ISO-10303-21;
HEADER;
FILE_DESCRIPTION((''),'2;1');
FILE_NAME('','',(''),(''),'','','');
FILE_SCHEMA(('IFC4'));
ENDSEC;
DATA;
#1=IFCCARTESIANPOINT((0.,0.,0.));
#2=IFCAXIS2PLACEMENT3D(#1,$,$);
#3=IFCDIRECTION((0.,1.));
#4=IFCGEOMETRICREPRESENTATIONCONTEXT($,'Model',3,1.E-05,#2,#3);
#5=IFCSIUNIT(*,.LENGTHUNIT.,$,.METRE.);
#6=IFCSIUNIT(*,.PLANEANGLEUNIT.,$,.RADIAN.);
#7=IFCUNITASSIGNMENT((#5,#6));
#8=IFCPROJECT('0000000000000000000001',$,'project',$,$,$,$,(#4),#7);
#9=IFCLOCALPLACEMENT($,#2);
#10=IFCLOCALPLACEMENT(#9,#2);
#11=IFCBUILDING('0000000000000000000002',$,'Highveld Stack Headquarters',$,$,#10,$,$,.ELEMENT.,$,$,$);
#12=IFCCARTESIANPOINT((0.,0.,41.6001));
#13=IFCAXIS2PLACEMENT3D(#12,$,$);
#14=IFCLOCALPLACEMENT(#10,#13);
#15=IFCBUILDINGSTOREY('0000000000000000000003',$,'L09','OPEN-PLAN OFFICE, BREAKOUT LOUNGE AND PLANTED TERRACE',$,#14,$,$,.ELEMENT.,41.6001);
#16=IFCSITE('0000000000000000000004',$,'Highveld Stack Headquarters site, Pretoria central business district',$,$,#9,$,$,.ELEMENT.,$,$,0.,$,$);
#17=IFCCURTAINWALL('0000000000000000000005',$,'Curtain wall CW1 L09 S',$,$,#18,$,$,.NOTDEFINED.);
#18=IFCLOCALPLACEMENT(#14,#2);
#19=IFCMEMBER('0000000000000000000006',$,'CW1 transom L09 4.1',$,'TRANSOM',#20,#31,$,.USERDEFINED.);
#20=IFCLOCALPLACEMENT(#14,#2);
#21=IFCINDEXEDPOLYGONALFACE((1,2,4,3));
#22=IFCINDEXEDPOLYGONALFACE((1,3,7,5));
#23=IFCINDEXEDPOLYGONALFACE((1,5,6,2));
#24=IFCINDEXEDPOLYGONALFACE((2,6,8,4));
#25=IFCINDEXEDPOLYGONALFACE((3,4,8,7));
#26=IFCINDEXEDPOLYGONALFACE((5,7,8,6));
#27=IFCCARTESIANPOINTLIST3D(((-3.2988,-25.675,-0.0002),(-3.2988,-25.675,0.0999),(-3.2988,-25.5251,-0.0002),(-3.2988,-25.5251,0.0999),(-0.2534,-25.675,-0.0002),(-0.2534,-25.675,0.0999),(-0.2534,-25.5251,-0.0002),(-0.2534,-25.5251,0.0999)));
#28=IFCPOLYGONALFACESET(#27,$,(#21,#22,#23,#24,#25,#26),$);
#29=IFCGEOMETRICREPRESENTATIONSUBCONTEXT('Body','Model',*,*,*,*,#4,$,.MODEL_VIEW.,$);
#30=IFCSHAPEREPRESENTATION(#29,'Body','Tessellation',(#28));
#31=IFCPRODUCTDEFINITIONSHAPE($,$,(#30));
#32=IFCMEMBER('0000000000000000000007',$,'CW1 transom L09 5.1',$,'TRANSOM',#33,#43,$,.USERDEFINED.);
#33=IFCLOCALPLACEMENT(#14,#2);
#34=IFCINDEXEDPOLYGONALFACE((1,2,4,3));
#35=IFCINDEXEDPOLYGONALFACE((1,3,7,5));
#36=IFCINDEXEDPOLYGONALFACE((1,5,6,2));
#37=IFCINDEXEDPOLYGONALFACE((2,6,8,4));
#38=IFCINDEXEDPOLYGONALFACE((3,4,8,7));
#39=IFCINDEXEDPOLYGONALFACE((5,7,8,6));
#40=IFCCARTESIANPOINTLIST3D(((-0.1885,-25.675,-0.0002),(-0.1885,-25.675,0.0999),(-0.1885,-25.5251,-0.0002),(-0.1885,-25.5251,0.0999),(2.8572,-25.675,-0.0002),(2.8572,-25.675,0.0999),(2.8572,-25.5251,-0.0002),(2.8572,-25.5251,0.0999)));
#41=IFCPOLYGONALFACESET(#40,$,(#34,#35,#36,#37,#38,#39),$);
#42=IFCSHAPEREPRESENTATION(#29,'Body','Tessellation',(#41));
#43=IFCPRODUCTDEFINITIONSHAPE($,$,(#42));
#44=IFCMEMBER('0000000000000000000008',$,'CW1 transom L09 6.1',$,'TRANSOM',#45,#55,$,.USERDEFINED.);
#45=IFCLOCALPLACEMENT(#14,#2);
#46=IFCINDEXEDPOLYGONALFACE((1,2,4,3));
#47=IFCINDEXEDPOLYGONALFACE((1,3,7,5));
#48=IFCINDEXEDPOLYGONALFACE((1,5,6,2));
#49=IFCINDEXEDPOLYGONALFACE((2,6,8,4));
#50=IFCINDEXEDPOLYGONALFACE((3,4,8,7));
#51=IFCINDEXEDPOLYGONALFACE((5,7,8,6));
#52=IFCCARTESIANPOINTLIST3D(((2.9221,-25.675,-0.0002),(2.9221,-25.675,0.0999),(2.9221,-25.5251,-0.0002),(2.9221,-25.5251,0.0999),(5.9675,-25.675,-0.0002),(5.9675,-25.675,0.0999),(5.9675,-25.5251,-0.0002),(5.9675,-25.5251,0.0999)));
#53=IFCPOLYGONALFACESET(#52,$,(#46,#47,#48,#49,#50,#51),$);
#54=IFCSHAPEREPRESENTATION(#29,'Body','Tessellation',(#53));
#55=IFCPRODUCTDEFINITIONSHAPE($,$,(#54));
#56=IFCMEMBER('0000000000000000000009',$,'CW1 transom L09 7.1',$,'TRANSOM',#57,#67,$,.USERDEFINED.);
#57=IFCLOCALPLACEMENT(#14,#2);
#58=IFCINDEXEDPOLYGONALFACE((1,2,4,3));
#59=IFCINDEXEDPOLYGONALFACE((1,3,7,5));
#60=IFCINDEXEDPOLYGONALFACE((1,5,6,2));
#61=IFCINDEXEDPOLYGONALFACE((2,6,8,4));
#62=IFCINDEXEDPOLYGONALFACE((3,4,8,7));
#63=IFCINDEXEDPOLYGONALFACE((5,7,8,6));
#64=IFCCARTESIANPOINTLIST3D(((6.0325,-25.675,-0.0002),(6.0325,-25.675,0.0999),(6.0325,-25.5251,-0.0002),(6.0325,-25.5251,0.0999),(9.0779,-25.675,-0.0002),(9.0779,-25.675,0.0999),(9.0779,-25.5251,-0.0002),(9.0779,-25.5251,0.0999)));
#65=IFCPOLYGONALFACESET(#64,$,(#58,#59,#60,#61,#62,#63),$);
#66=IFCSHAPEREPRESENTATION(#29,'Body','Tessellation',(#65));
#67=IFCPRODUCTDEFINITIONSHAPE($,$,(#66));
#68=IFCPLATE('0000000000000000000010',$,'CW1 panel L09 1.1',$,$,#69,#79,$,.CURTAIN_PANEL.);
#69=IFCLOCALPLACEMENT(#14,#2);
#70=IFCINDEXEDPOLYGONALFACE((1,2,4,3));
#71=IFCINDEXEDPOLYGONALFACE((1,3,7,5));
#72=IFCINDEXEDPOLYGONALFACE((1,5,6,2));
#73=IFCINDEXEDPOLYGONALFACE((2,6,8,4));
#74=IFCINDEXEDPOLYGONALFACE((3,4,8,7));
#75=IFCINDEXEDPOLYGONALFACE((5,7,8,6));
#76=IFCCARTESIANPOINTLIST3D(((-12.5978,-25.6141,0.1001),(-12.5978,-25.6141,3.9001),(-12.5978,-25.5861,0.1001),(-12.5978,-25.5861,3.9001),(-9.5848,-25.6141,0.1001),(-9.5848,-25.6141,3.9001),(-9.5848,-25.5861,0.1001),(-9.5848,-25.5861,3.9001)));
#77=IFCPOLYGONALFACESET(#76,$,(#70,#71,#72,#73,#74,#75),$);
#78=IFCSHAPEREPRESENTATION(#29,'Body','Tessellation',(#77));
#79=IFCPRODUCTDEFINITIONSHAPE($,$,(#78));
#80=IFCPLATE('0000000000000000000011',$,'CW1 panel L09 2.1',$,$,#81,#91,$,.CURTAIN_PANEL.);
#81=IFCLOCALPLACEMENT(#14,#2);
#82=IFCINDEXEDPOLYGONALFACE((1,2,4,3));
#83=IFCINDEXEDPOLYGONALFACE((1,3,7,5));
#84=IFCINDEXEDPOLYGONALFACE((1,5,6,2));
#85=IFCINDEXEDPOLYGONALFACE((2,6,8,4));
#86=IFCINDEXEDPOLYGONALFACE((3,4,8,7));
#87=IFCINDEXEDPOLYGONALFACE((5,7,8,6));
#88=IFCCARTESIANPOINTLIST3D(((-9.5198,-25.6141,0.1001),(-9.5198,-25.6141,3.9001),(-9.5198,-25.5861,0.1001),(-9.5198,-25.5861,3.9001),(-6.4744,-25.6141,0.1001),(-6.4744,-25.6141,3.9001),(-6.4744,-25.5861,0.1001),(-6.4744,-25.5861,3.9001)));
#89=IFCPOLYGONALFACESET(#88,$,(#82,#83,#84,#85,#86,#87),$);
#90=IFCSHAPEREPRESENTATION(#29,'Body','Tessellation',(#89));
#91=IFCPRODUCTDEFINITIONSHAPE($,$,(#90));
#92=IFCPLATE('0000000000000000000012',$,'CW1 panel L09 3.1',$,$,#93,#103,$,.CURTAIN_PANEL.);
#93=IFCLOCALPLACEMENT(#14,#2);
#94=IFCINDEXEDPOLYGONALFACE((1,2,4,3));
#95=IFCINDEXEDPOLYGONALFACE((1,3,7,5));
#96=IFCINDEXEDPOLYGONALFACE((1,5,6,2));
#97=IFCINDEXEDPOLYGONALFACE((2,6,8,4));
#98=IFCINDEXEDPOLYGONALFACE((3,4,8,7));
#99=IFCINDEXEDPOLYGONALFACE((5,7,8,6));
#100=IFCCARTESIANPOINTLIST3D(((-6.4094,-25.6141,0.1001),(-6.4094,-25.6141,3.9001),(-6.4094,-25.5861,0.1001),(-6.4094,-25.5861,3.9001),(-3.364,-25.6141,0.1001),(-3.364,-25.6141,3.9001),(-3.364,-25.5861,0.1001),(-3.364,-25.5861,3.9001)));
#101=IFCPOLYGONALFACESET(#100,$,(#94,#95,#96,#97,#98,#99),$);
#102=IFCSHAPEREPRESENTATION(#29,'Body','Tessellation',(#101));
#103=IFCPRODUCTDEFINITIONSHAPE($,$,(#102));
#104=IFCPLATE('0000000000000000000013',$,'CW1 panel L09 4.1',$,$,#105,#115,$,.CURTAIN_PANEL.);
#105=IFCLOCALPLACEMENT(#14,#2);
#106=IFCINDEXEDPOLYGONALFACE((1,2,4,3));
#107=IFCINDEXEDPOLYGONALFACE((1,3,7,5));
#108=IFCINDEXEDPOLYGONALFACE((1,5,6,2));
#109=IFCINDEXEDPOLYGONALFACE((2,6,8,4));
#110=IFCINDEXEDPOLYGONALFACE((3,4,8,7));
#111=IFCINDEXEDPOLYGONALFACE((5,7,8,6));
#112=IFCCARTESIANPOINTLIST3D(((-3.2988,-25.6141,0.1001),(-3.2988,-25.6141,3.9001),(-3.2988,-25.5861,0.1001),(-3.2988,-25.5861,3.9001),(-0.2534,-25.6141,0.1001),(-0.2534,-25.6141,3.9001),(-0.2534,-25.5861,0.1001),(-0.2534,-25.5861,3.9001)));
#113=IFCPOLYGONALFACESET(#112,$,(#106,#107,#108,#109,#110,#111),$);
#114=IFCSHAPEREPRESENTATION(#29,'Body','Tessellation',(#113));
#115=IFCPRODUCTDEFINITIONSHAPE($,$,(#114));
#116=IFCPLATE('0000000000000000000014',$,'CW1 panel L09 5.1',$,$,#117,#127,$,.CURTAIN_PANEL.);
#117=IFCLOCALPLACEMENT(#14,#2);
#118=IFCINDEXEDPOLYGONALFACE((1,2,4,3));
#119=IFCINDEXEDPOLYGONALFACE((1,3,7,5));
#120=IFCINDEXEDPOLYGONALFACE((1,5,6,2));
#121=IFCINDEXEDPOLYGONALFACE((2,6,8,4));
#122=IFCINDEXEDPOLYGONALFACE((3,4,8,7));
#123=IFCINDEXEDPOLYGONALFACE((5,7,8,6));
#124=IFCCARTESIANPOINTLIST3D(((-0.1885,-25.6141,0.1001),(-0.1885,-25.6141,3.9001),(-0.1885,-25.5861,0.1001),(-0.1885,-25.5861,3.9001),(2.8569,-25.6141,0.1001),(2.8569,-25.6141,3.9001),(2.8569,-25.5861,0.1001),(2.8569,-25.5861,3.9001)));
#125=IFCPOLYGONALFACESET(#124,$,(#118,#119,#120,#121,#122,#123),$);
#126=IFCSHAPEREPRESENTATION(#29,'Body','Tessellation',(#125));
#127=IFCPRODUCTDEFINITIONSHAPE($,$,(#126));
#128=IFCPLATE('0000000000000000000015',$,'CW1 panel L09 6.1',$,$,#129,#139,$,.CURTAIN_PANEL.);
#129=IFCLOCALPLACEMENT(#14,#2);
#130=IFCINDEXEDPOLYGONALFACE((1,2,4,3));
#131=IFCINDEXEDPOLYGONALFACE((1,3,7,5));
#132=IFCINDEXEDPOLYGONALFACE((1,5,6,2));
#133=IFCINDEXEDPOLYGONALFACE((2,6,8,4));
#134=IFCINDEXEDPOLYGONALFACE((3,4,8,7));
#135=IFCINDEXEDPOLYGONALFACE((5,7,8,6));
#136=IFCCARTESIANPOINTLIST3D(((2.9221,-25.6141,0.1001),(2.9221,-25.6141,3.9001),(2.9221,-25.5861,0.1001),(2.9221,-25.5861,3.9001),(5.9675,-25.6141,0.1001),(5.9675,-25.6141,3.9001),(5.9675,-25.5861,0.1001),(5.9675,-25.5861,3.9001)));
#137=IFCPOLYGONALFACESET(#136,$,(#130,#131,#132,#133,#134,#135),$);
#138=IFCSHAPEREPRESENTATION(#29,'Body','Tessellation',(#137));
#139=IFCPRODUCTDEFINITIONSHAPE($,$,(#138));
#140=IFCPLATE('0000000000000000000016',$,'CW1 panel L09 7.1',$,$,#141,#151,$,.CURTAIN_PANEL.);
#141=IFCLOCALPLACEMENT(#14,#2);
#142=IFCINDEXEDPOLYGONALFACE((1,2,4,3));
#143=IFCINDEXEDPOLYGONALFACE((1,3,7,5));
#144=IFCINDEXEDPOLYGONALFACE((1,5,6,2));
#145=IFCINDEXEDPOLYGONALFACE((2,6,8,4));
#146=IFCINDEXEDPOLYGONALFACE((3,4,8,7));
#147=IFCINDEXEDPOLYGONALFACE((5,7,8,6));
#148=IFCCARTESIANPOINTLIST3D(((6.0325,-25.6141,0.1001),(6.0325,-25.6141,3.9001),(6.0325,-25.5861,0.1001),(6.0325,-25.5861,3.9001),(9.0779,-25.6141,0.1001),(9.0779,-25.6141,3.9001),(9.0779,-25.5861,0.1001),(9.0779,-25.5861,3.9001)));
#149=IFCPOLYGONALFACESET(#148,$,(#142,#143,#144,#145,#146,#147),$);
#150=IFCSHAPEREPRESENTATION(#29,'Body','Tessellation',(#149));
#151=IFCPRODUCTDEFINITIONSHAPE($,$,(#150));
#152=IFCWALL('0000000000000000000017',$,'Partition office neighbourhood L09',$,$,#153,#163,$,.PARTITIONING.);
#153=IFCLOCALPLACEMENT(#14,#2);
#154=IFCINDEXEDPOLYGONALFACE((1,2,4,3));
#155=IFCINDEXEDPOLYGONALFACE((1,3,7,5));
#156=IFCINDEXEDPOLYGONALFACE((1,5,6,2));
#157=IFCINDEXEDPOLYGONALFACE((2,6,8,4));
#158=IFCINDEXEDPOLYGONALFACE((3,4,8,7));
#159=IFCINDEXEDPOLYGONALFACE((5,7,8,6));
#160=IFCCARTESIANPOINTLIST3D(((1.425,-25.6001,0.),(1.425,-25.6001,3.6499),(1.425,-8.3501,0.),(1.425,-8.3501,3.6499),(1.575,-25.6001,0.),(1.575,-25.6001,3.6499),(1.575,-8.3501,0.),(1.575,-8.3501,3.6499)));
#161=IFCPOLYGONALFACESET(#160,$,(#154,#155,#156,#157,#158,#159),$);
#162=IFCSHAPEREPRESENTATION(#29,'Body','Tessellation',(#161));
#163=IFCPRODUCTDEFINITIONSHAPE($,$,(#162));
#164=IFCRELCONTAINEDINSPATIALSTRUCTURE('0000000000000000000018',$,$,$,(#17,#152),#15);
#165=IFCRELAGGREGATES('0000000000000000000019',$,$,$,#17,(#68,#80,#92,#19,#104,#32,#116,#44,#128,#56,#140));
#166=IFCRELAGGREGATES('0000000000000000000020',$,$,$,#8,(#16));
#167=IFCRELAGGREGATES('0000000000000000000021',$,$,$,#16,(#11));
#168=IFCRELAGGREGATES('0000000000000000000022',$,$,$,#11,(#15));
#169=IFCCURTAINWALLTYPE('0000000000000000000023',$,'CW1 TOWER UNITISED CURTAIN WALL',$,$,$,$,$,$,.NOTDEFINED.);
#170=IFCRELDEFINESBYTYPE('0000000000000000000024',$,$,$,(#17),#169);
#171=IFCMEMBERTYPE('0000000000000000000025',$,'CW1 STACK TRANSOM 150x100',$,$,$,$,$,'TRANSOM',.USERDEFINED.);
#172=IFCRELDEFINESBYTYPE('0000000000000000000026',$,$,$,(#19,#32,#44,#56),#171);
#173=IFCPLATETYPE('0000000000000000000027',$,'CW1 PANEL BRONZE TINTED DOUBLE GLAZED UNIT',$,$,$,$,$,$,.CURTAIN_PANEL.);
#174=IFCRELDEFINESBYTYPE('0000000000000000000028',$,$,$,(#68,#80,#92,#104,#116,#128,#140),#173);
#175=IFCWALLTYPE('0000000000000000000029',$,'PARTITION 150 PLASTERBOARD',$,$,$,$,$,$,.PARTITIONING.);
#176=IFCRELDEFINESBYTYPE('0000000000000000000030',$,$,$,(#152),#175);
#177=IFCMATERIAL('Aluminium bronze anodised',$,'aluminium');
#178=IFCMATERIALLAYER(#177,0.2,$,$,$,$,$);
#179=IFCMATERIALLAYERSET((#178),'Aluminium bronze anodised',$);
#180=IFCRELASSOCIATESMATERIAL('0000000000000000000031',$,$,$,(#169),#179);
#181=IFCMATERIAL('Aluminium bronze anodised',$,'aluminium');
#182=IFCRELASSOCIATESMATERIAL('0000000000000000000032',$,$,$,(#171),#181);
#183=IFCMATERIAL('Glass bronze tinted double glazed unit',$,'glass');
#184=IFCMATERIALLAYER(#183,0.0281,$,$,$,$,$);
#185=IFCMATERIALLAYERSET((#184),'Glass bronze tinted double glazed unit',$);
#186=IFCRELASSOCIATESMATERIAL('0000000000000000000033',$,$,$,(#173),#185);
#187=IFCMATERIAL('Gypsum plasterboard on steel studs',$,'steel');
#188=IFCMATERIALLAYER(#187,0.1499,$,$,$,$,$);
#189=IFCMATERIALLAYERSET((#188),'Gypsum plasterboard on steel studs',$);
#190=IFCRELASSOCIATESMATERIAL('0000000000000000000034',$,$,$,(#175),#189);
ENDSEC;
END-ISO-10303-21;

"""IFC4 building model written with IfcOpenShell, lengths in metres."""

from ifc_helpers import new_model, si_unit, direction, frame, frame_2d, origin, origin_2d, place, context, subcontext, project, spatial, rectangle, extrude, material, layer, layer_set, material_profile, profile_set, type_object, element, aggregate, save


model = new_model("IFC4")

# Units and contexts
model_context = context("Model", 3, precision=1e-05, world=origin(), true_north=direction((0.0, 1.0)))
body_context = subcontext(model_context, "Body", "Model", "MODEL_VIEW")
ifc_project = project(units=[si_unit("LENGTHUNIT", "METRE"), si_unit("PLANEANGLEUNIT", "RADIAN")], contexts=[model_context])

# Site, building, storey
site_placement = place(None, origin())
site = spatial("IfcSite", under=ifc_project, at=site_placement, Name="Highveld Stack Headquarters site, Pretoria central business district", CompositionType="ELEMENT", RefElevation=0.0)
building_placement = place(site_placement, origin())
building = spatial("IfcBuilding", under=site, at=building_placement, Name="Highveld Stack Headquarters", CompositionType="ELEMENT")
storey_placement = place(building_placement, frame((0.0, 0.0, 41.6001)))
storey = spatial("IfcBuildingStorey", under=building, at=storey_placement, Name="L09", Description="OPEN-PLAN OFFICE, BREAKOUT LOUNGE AND PLANTED TERRACE", CompositionType="ELEMENT", Elevation=41.6001)

# Curtain wall, members, plates
ifc_material_1 = material(Name="Aluminium bronze anodised", Category="aluminium")
ifc_layer_1 = layer(ifc_material_1, 0.2)
ifc_layer_set_1 = layer_set([ifc_layer_1], Name="Aluminium bronze anodised")
curtain_wall_type = type_object("IfcCurtainWallType", Name="CW1 TOWER UNITISED CURTAIN WALL", PredefinedType="NOTDEFINED", material=ifc_layer_set_1)
curtain_wall_placement = place(storey_placement, origin())
curtain_wall = element("IfcCurtainWall", 1, at=curtain_wall_placement, inside=storey, type_object=curtain_wall_type, Name="Curtain wall CW1 L09 S", PredefinedType="NOTDEFINED")
ifc_material_2 = material(Name="Aluminium bronze anodised", Category="aluminium")
ifc_material_profile_1 = material_profile(ifc_material_2, rectangle(XDim=0.1499, YDim=0.1001, at=origin_2d()), Name="CW1 TRANSOM 150x100")
ifc_profile_set_1 = profile_set([ifc_material_profile_1], Name="Aluminium bronze anodised")
member_type_1 = type_object("IfcMemberType", Name="CW1 STACK TRANSOM 150x100", ElementType="TRANSOM", PredefinedType="USERDEFINED", material=ifc_profile_set_1)
member_1_placement = place(storey_placement, frame((-3.2988, -25.6001, 0.0498), z_axis=(1.0, 0.0, 0.0), x_axis=(0.0, 1.0, 0.0)))
member_1 = element("IfcMember", 2, at=member_1_placement, type_object=member_type_1, Name="CW1 transom L09 4.1", ObjectType="TRANSOM", PredefinedType="USERDEFINED", context=body_context, shape_type="SweptSolid", body=[
    extrude(rectangle(XDim=0.1499, YDim=0.1001, at=origin_2d()), origin(), (0.0, 0.0, 1.0), 3.0454),
])
member_2_placement = place(storey_placement, frame((-0.1885, -25.6001, 0.0498), z_axis=(1.0, 0.0, 0.0), x_axis=(0.0, 1.0, 0.0)))
member_2 = element("IfcMember", 3, at=member_2_placement, type_object=member_type_1, Name="CW1 transom L09 5.1", ObjectType="TRANSOM", PredefinedType="USERDEFINED", context=body_context, shape_type="SweptSolid", body=[
    extrude(rectangle(XDim=0.1499, YDim=0.1001, at=origin_2d()), origin(), (0.0, 0.0, 1.0), 3.0457),
])
member_3_placement = place(storey_placement, frame((2.9221, -25.6001, 0.0498), z_axis=(1.0, 0.0, 0.0), x_axis=(0.0, 1.0, 0.0)))
member_3 = element("IfcMember", 4, at=member_3_placement, type_object=member_type_1, Name="CW1 transom L09 6.1", ObjectType="TRANSOM", PredefinedType="USERDEFINED", context=body_context, shape_type="SweptSolid", body=[
    extrude(rectangle(XDim=0.1499, YDim=0.1001, at=origin_2d()), origin(), (0.0, 0.0, 1.0), 3.0454),
])
member_4_placement = place(storey_placement, frame((6.0325, -25.6001, 0.0498), z_axis=(1.0, 0.0, 0.0), x_axis=(0.0, 1.0, 0.0)))
member_4 = element("IfcMember", 5, at=member_4_placement, type_object=member_type_1, Name="CW1 transom L09 7.1", ObjectType="TRANSOM", PredefinedType="USERDEFINED", context=body_context, shape_type="SweptSolid", body=[
    extrude(rectangle(XDim=0.1499, YDim=0.1001, at=origin_2d()), origin(), (0.0, 0.0, 1.0), 3.0454),
])
ifc_material_3 = material(Name="Glass bronze tinted double glazed unit", Category="glass")
ifc_layer_2 = layer(ifc_material_3, 0.0281)
ifc_layer_set_2 = layer_set([ifc_layer_2], Name="Glass bronze tinted double glazed unit")
plate_type = type_object("IfcPlateType", Name="CW1 PANEL BRONZE TINTED DOUBLE GLAZED UNIT", PredefinedType="CURTAIN_PANEL", material=ifc_layer_set_2)
plate_1_placement = place(storey_placement, frame((-11.0913, -25.6001, 0.1001), z_axis=(0.0, 0.0, 1.0), x_axis=(1.0, 0.0, 0.0)))
plate_1 = element("IfcPlate", 6, at=plate_1_placement, type_object=plate_type, Name="CW1 panel L09 1.1", PredefinedType="CURTAIN_PANEL", context=body_context, shape_type="SweptSolid", body=[
    extrude(rectangle(XDim=3.0129, YDim=0.0281, at=origin_2d()), origin(), (0.0, 0.0, 1.0), 3.8),
])
plate_2_placement = place(storey_placement, frame((-7.9971, -25.6001, 0.1001), z_axis=(0.0, 0.0, 1.0), x_axis=(1.0, 0.0, 0.0)))
plate_2 = element("IfcPlate", 7, at=plate_2_placement, type_object=plate_type, Name="CW1 panel L09 2.1", PredefinedType="CURTAIN_PANEL", context=body_context, shape_type="SweptSolid", body=[
    extrude(rectangle(XDim=3.0454, YDim=0.0281, at=origin_2d()), origin(), (0.0, 0.0, 1.0), 3.8),
])
plate_3_placement = place(storey_placement, frame((-4.8867, -25.6001, 0.1001), z_axis=(0.0, 0.0, 1.0), x_axis=(1.0, 0.0, 0.0)))
plate_3 = element("IfcPlate", 8, at=plate_3_placement, type_object=plate_type, Name="CW1 panel L09 3.1", PredefinedType="CURTAIN_PANEL", context=body_context, shape_type="SweptSolid", body=[
    extrude(rectangle(XDim=3.0454, YDim=0.0281, at=origin_2d()), origin(), (0.0, 0.0, 1.0), 3.8),
])
plate_4_placement = place(storey_placement, frame((-1.7761, -25.6001, 0.1001), z_axis=(0.0, 0.0, 1.0), x_axis=(1.0, 0.0, 0.0)))
plate_4 = element("IfcPlate", 9, at=plate_4_placement, type_object=plate_type, Name="CW1 panel L09 4.1", PredefinedType="CURTAIN_PANEL", context=body_context, shape_type="SweptSolid", body=[
    extrude(rectangle(XDim=3.0454, YDim=0.0281, at=origin_2d()), origin(), (0.0, 0.0, 1.0), 3.8),
])
plate_5_placement = place(storey_placement, frame((1.3342, -25.6001, 0.1001), z_axis=(0.0, 0.0, 1.0), x_axis=(1.0, 0.0, 0.0)))
plate_5 = element("IfcPlate", 10, at=plate_5_placement, type_object=plate_type, Name="CW1 panel L09 5.1", PredefinedType="CURTAIN_PANEL", context=body_context, shape_type="SweptSolid", body=[
    extrude(rectangle(XDim=3.0454, YDim=0.0281, at=origin_2d()), origin(), (0.0, 0.0, 1.0), 3.8),
])
plate_6_placement = place(storey_placement, frame((4.4448, -25.6001, 0.1001), z_axis=(0.0, 0.0, 1.0), x_axis=(1.0, 0.0, 0.0)))
plate_6 = element("IfcPlate", 11, at=plate_6_placement, type_object=plate_type, Name="CW1 panel L09 6.1", PredefinedType="CURTAIN_PANEL", context=body_context, shape_type="SweptSolid", body=[
    extrude(rectangle(XDim=3.0454, YDim=0.0281, at=origin_2d()), origin(), (0.0, 0.0, 1.0), 3.8),
])
plate_7_placement = place(storey_placement, frame((7.5552, -25.6001, 0.1001), z_axis=(0.0, 0.0, 1.0), x_axis=(1.0, 0.0, 0.0)))
plate_7 = element("IfcPlate", 12, at=plate_7_placement, type_object=plate_type, Name="CW1 panel L09 7.1", PredefinedType="CURTAIN_PANEL", context=body_context, shape_type="SweptSolid", body=[
    extrude(rectangle(XDim=3.0454, YDim=0.0281, at=origin_2d()), origin(), (0.0, 0.0, 1.0), 3.8),
])
aggregate(curtain_wall, [plate_1, plate_2, plate_3, member_1, plate_4, member_2, plate_5, member_3, plate_6, member_4, plate_7])

# Wall
ifc_material_4 = material(Name="Gypsum plasterboard on steel studs", Category="steel")
ifc_layer_3 = layer(ifc_material_4, 0.1499)
ifc_layer_set_3 = layer_set([ifc_layer_3], Name="Gypsum plasterboard on steel studs")
wall_type = type_object("IfcWallType", Name="PARTITION 150 PLASTERBOARD", PredefinedType="PARTITIONING", material=ifc_layer_set_3)
wall_placement = place(storey_placement, frame((1.5, -25.6001, 0.0), z_axis=(0.0, 0.0, 1.0), x_axis=(0.0, 1.0, 0.0)))
element("IfcWall", 13, at=wall_placement, inside=storey, type_object=wall_type, Name="Partition office neighbourhood L09", PredefinedType="PARTITIONING", context=body_context, shape_type="SweptSolid", body=[
    extrude(rectangle(XDim=17.25, YDim=0.1499, at=frame_2d((8.625, 0.0))), origin(), (0.0, 0.0, 1.0), 3.6499),
])

save(model, "model.ifc")
